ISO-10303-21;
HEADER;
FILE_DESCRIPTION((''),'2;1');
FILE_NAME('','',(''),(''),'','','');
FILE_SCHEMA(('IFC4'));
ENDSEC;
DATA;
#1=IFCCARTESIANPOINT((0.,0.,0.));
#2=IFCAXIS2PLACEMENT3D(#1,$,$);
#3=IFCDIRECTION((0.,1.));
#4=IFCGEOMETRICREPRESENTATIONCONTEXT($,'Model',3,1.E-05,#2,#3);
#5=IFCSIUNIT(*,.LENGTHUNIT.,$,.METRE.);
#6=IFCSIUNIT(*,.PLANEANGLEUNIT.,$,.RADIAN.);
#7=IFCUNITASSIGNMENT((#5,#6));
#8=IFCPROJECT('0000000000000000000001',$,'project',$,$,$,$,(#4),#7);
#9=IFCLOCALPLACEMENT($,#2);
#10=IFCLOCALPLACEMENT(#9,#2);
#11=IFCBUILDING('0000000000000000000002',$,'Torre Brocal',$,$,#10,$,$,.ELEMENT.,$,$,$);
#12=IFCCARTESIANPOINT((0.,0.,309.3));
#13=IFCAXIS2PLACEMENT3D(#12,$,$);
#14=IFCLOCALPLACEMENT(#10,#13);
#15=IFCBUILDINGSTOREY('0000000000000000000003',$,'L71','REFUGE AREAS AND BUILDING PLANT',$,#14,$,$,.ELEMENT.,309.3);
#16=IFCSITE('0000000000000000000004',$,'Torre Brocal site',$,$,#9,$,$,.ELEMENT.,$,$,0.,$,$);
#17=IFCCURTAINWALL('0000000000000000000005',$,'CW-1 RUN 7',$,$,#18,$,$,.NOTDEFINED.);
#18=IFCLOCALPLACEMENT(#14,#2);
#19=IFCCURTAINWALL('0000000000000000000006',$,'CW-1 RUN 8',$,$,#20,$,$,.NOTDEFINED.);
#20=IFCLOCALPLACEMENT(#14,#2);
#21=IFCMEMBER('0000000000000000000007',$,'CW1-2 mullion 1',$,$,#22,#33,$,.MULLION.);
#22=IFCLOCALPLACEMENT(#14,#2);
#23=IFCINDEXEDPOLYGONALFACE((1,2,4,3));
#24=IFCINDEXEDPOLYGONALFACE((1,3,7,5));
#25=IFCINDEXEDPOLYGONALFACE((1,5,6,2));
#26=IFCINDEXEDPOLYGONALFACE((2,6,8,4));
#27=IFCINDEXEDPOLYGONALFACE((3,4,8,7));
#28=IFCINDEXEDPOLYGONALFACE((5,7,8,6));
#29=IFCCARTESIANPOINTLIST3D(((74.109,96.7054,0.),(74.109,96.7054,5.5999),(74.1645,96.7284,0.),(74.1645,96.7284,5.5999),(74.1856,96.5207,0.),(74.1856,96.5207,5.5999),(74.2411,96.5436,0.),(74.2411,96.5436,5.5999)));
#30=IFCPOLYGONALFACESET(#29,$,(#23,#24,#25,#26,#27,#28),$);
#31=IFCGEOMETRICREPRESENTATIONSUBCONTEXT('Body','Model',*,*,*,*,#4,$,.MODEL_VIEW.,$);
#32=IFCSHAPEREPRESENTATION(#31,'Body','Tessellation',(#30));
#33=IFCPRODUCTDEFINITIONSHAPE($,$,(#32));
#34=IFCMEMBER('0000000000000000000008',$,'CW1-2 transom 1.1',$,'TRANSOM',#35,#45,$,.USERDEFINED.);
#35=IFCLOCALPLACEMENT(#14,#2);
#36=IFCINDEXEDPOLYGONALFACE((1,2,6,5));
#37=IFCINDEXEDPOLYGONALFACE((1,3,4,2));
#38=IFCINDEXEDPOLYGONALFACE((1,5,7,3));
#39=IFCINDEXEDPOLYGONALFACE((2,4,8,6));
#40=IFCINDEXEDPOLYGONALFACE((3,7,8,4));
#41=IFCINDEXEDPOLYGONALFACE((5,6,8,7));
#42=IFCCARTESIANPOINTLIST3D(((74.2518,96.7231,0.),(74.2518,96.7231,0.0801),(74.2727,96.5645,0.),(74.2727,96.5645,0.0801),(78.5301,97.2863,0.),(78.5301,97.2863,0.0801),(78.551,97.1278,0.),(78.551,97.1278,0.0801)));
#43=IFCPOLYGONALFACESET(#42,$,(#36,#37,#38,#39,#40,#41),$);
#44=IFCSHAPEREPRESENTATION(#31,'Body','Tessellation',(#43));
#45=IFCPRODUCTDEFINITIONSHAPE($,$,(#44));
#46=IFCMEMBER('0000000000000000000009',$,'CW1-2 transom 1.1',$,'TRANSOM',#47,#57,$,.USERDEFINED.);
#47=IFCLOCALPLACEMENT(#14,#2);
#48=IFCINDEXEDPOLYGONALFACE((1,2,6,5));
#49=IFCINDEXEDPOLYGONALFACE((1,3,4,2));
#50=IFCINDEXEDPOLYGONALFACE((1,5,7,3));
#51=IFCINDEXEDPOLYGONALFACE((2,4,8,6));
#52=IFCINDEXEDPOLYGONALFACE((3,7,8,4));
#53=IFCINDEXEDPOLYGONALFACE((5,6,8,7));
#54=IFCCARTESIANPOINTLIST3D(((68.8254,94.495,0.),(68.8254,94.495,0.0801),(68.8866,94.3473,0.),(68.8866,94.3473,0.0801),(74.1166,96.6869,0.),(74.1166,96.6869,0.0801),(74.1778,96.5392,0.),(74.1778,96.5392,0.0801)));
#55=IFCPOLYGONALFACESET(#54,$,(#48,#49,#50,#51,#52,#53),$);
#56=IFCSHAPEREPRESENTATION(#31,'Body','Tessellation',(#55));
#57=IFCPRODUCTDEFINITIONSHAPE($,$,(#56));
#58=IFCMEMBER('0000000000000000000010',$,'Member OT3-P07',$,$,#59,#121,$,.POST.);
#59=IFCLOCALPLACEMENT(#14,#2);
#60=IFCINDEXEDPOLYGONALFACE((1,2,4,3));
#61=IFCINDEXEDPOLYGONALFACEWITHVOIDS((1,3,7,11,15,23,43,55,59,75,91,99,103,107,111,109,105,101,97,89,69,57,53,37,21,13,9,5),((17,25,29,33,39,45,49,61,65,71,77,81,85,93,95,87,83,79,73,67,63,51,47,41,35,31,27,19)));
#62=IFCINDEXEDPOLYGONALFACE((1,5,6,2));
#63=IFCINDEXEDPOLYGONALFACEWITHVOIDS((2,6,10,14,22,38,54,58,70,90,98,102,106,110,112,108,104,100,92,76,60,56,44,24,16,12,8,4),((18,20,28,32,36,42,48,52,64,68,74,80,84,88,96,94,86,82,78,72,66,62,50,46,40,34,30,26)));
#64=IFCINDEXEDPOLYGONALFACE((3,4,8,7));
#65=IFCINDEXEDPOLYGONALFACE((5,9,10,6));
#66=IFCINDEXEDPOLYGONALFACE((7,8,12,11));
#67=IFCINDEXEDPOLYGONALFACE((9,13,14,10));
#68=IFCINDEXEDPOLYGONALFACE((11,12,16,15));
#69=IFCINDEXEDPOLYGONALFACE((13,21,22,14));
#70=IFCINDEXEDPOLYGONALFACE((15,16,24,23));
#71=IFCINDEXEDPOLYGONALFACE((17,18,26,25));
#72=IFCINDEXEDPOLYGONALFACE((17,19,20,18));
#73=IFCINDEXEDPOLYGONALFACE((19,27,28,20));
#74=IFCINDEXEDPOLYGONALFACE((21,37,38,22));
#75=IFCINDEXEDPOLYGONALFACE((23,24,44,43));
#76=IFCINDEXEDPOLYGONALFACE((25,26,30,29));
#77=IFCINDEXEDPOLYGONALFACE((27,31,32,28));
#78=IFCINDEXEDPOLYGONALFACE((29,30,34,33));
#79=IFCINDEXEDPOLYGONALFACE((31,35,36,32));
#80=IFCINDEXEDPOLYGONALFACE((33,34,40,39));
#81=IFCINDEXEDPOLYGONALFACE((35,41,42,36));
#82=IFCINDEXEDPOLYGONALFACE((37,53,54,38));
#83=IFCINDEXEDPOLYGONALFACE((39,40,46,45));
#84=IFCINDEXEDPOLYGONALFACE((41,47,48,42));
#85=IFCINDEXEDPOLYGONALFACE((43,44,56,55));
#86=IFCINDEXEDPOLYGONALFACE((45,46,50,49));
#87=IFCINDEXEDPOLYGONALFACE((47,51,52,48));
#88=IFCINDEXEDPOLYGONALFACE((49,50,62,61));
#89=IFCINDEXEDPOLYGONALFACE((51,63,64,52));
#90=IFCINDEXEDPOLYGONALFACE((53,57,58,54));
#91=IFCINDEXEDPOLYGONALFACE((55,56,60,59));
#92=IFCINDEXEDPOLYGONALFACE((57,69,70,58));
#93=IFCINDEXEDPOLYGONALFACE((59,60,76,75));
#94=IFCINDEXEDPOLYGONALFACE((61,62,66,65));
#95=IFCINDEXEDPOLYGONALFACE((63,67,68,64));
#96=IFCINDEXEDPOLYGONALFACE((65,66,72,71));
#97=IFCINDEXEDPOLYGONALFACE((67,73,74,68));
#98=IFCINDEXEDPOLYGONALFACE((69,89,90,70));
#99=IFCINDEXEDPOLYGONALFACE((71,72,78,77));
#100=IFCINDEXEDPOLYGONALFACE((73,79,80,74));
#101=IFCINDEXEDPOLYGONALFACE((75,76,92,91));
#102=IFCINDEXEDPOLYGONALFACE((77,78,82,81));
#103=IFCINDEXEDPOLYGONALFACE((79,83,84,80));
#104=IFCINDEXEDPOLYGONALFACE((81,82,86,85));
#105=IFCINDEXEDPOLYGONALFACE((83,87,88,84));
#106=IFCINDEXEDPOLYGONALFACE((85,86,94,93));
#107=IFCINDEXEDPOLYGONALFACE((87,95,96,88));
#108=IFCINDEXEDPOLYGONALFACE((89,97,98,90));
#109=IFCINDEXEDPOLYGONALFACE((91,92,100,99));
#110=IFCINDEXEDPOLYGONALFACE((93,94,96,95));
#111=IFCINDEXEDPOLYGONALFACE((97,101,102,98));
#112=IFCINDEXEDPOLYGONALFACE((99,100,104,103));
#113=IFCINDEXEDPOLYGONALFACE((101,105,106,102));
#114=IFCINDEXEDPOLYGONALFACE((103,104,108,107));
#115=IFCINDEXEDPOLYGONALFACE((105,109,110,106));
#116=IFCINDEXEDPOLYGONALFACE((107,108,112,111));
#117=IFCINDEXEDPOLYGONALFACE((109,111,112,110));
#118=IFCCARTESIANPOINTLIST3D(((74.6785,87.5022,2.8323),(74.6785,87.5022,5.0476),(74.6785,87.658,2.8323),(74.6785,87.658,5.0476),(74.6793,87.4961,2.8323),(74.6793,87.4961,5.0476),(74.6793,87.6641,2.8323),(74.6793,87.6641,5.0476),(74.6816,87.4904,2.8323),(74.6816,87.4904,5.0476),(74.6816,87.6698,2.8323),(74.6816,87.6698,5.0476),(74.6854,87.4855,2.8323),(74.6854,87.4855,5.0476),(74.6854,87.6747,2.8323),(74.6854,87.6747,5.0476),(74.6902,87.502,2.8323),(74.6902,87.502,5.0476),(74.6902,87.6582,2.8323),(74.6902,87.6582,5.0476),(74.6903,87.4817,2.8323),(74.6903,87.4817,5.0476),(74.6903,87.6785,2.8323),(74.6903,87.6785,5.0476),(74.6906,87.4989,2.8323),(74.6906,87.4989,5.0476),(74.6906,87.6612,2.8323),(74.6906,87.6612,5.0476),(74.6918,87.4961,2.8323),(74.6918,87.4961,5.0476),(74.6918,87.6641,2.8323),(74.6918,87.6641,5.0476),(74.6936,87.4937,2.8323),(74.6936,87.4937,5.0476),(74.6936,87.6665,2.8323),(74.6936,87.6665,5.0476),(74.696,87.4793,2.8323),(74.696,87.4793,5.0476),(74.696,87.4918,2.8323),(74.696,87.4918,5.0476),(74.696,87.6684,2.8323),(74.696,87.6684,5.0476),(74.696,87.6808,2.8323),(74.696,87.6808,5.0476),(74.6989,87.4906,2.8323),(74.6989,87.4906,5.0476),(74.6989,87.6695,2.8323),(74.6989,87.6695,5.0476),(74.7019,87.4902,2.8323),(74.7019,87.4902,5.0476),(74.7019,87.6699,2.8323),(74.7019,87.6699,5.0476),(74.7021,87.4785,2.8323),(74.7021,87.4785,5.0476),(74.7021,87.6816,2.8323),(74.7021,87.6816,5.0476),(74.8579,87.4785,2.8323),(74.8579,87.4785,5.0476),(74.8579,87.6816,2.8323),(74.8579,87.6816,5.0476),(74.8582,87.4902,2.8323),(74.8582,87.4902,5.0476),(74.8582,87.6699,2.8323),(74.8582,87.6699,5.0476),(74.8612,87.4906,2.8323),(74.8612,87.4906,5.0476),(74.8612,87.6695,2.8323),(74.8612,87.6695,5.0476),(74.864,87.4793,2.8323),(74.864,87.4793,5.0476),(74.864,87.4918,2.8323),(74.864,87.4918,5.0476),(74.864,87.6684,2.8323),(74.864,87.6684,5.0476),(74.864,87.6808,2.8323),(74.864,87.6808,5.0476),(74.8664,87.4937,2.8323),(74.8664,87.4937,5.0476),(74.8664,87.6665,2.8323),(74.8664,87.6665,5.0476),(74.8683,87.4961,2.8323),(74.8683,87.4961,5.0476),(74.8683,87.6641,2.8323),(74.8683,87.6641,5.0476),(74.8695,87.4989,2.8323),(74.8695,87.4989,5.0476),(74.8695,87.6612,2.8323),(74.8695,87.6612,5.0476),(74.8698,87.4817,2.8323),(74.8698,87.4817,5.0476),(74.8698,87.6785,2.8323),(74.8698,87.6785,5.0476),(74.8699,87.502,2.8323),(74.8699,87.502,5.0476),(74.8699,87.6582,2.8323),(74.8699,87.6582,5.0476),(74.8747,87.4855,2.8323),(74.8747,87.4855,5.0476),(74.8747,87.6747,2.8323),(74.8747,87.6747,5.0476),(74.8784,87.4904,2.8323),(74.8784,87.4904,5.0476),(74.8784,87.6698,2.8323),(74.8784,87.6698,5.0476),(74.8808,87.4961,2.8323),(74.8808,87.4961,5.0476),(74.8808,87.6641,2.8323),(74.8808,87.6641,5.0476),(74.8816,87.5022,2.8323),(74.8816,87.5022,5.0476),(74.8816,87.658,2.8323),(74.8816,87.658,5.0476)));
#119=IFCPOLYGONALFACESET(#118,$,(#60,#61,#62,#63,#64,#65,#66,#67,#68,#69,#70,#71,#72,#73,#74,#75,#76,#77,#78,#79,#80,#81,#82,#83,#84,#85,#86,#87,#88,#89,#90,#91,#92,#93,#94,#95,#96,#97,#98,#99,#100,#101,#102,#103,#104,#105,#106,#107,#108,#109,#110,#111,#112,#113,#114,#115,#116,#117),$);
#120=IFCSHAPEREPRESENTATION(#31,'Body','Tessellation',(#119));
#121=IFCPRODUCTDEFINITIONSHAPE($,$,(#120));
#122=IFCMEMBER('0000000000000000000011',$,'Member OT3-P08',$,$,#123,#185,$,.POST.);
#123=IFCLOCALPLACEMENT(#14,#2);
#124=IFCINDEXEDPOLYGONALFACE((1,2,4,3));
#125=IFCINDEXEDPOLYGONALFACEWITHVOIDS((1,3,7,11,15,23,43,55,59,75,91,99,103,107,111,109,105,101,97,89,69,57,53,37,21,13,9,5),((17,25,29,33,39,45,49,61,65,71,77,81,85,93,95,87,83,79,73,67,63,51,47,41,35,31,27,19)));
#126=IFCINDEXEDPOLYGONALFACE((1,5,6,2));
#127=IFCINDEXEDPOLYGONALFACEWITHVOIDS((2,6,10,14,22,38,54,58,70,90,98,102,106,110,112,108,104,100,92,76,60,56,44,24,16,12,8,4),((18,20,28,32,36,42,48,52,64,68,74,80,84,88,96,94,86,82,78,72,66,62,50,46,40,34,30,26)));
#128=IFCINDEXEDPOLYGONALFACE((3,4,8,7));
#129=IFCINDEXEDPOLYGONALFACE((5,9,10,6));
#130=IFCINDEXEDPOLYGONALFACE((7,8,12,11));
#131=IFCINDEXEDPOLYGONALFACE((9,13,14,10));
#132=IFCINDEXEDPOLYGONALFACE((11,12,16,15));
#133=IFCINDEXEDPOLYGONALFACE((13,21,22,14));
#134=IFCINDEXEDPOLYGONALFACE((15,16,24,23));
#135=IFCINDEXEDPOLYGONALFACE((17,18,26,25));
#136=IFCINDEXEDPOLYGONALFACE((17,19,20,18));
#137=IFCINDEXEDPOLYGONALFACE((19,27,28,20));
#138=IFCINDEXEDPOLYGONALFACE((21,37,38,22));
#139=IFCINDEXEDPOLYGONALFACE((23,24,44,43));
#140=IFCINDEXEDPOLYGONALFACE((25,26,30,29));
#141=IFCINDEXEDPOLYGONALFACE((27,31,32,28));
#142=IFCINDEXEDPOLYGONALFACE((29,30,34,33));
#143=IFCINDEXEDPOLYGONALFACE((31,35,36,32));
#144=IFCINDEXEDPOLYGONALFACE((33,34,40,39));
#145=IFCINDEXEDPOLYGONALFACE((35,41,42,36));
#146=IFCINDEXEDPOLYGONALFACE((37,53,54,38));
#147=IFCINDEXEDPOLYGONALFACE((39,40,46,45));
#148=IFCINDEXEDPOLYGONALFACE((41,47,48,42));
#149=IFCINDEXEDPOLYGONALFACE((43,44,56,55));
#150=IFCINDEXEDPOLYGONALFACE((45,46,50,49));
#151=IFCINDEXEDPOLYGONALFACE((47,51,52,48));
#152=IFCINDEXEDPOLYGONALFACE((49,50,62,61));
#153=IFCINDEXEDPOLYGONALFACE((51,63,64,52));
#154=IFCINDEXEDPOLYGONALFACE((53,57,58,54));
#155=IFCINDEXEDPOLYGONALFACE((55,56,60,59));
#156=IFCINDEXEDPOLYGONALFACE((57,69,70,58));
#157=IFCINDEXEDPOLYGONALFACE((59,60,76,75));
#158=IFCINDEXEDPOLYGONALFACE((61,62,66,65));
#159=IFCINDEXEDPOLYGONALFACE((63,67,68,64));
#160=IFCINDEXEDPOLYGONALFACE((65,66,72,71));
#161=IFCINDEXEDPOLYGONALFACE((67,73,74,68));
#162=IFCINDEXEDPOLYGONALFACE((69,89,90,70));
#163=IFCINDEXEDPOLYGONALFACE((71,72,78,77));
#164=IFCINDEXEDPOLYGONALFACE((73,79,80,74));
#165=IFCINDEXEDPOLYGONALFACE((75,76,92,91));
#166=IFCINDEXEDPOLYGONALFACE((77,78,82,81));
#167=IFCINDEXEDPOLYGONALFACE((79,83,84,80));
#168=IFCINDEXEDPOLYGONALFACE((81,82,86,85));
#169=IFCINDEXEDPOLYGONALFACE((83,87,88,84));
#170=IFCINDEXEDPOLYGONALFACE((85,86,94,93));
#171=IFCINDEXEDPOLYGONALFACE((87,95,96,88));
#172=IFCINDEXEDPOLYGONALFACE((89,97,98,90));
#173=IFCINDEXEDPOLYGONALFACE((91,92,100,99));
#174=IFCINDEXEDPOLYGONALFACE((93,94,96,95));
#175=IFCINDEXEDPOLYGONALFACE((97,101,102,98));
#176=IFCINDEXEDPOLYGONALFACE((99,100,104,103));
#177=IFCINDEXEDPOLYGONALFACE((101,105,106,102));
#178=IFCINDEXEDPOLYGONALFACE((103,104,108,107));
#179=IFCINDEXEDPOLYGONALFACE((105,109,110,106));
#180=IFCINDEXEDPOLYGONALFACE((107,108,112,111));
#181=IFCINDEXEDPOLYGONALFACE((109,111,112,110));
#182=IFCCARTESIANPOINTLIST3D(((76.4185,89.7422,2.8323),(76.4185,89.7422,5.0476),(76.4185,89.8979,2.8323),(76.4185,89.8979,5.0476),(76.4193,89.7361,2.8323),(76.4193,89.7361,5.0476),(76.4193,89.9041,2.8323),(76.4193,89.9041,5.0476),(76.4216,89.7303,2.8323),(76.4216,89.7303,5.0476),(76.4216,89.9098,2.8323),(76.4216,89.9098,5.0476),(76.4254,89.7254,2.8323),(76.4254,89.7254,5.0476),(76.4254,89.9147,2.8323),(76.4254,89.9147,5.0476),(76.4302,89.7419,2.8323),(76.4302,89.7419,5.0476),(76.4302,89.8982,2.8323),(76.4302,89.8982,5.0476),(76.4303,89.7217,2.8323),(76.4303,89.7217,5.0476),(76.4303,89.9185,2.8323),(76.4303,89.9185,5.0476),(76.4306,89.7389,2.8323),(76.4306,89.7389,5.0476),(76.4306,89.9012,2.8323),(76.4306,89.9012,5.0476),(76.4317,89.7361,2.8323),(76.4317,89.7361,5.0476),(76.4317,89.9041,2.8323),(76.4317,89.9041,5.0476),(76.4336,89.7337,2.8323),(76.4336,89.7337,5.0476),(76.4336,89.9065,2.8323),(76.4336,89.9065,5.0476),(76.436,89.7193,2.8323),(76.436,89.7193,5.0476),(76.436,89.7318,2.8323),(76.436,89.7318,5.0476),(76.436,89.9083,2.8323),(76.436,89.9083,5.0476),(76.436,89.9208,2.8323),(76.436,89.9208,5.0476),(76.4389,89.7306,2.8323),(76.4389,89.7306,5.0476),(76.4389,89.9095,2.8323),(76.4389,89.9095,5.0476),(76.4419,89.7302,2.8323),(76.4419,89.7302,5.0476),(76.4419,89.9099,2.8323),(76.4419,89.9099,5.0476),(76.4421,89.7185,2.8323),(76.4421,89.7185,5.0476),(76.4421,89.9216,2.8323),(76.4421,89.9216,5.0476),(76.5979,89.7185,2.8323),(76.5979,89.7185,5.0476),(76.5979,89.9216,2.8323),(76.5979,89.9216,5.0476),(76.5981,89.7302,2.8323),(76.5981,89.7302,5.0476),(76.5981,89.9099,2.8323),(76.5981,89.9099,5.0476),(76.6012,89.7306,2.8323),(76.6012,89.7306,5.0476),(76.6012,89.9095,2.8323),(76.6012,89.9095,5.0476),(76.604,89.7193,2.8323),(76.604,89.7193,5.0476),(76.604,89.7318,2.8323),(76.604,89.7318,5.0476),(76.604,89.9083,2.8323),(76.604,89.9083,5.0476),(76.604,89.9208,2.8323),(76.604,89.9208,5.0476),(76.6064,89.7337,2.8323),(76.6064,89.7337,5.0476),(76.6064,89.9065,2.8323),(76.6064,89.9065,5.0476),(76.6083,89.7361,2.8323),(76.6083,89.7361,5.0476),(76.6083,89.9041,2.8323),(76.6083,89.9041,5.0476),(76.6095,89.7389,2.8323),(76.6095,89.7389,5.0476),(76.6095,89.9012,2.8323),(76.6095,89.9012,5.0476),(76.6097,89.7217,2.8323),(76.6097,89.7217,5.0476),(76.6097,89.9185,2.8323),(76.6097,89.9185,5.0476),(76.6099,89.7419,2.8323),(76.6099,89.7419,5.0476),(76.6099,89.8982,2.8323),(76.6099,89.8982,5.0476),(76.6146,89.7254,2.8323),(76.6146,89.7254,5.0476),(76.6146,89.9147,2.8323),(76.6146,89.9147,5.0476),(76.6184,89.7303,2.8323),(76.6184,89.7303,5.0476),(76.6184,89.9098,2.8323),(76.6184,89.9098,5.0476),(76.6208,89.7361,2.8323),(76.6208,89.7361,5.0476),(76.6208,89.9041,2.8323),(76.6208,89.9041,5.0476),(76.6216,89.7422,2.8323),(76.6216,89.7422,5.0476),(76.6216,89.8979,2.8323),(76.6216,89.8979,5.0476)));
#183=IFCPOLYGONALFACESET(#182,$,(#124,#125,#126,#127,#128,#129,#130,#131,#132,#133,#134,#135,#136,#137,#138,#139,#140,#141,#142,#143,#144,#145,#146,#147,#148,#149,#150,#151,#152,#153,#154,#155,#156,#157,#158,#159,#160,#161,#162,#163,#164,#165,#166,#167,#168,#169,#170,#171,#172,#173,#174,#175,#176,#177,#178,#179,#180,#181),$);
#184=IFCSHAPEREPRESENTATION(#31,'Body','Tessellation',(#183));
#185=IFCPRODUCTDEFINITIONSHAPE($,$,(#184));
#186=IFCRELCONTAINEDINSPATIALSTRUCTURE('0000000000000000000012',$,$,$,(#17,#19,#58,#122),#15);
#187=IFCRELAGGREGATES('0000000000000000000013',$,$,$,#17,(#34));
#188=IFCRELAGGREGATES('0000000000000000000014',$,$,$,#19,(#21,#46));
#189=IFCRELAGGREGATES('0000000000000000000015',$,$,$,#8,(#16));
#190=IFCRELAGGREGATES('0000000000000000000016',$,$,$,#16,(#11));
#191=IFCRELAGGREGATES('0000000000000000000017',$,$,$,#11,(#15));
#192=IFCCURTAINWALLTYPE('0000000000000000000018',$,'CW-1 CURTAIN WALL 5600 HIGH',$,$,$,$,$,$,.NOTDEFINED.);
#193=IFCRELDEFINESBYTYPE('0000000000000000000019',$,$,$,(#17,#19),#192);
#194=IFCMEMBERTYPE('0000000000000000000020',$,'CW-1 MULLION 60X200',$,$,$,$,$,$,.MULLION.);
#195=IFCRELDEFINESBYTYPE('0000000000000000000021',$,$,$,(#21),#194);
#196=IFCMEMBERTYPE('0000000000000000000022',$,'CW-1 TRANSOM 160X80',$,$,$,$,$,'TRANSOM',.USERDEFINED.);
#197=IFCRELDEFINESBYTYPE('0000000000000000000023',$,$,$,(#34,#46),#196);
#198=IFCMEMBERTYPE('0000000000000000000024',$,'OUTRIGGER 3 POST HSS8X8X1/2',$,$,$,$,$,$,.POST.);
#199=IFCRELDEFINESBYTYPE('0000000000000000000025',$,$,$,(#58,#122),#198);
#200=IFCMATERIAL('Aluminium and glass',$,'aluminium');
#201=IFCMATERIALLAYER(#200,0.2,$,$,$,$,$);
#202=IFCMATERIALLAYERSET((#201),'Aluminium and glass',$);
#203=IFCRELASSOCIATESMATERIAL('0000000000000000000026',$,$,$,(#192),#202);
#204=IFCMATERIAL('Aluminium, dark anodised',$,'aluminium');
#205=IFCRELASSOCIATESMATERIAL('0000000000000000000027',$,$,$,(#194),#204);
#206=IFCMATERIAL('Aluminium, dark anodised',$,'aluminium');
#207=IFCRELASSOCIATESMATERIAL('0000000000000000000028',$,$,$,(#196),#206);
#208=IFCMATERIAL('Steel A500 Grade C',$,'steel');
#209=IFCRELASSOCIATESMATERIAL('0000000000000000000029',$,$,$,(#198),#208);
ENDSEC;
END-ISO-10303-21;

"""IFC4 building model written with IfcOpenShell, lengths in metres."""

from ifc_helpers import new_model, si_unit, direction, frame, origin, origin_2d, place, context, subcontext, project, spatial, rectangle, hollow_rectangle, extrude, material, layer, layer_set, material_profile, profile_set, type_object, element, aggregate, save


model = new_model("IFC4")

# Units and contexts
model_context = context("Model", 3, precision=1e-05, world=origin(), true_north=direction((0.0, 1.0)))
body_context = subcontext(model_context, "Body", "Model", "MODEL_VIEW")
ifc_project = project(units=[si_unit("LENGTHUNIT", "METRE"), si_unit("PLANEANGLEUNIT", "RADIAN")], contexts=[model_context])

# Site, building, storey
site_placement = place(None, origin())
site = spatial("IfcSite", under=ifc_project, at=site_placement, Name="Torre Brocal site", CompositionType="ELEMENT", RefElevation=0.0)
building_placement = place(site_placement, origin())
building = spatial("IfcBuilding", under=site, at=building_placement, Name="Torre Brocal", CompositionType="ELEMENT")
storey_placement = place(building_placement, frame((0.0, 0.0, 309.3)))
storey = spatial("IfcBuildingStorey", under=building, at=storey_placement, Name="L71", Description="REFUGE AREAS AND BUILDING PLANT", CompositionType="ELEMENT", Elevation=309.3)

# Curtain wall
ifc_material_1 = material(Name="Aluminium and glass", Category="aluminium")
ifc_layer_1 = layer(ifc_material_1, 0.2)
ifc_layer_set_1 = layer_set([ifc_layer_1], Name="Aluminium and glass")
curtain_wall_type = type_object("IfcCurtainWallType", Name="CW-1 CURTAIN WALL 5600 HIGH", PredefinedType="NOTDEFINED", material=ifc_layer_set_1)
curtain_wall_1_placement = place(storey_placement, origin())
curtain_wall_1 = element("IfcCurtainWall", 1, at=curtain_wall_1_placement, inside=storey, type_object=curtain_wall_type, Name="CW-1 RUN 7", PredefinedType="NOTDEFINED")
ifc_material_2 = material(Name="Aluminium, dark anodised", Category="aluminium")
ifc_material_profile_1 = material_profile(ifc_material_2, rectangle(XDim=0.2, YDim=0.0601, at=origin_2d()), Name="CW-1 MULLION 60X200")
ifc_profile_set_1 = profile_set([ifc_material_profile_1], Name="Aluminium, dark anodised")
member_type_1 = type_object("IfcMemberType", Name="CW-1 MULLION 60X200", PredefinedType="MULLION", material=ifc_profile_set_1)

# Curtain wall, member
curtain_wall_2_placement = place(storey_placement, origin())
curtain_wall_2 = element("IfcCurtainWall", 2, at=curtain_wall_2_placement, inside=storey, type_object=curtain_wall_type, Name="CW-1 RUN 8", PredefinedType="NOTDEFINED")
member_1_placement = place(storey_placement, frame((74.175, 96.6245, 0.0), z_axis=(0.0, 0.0, 1.0), x_axis=(0.382683, -0.92388, 0.0)))
member_1 = element("IfcMember", 3, at=member_1_placement, type_object=member_type_1, Name="CW1-2 mullion 1", PredefinedType="MULLION", context=body_context, shape_type="SweptSolid", body=[
    extrude(rectangle(XDim=0.2, YDim=0.0601, at=origin_2d()), origin(), (0.0, 0.0, 1.0), 5.5999),
])

# Members
ifc_material_3 = material(Name="Aluminium, dark anodised", Category="aluminium")
ifc_material_profile_2 = material_profile(ifc_material_3, rectangle(XDim=0.1599, YDim=0.0801, at=origin_2d()), Name="CW-1 TRANSOM 160X80")
ifc_profile_set_2 = profile_set([ifc_material_profile_2], Name="Aluminium, dark anodised")
member_type_2 = type_object("IfcMemberType", Name="CW-1 TRANSOM 160X80", ElementType="TRANSOM", PredefinedType="USERDEFINED", material=ifc_profile_set_2)
member_2_placement = place(storey_placement, frame((78.5405, 97.207, 0.04), z_axis=(-0.991445, -0.130522, 0.0), x_axis=(0.130522, -0.991445, 0.0)))
member_2 = element("IfcMember", 4, at=member_2_placement, type_object=member_type_2, Name="CW1-2 transom 1.1", ObjectType="TRANSOM", PredefinedType="USERDEFINED", context=body_context, shape_type="SweptSolid", body=[
    extrude(rectangle(XDim=0.1599, YDim=0.0801, at=origin_2d()), origin(), (0.0, 0.0, 1.0), 4.3152),
])
member_3_placement = place(storey_placement, frame((74.1472, 96.613, 0.04), z_axis=(-0.923868, -0.382711, 0.0), x_axis=(0.382711, -0.923868, 0.0)))
member_3 = element("IfcMember", 5, at=member_3_placement, type_object=member_type_2, Name="CW1-2 transom 1.1", ObjectType="TRANSOM", PredefinedType="USERDEFINED", context=body_context, shape_type="SweptSolid", body=[
    extrude(rectangle(XDim=0.1599, YDim=0.0801, at=origin_2d()), origin(), (0.0, 0.0, 1.0), 5.7273),
])

# Members
ifc_material_4 = material(Name="Steel A500 Grade C", Category="steel")
ifc_material_profile_3 = material_profile(ifc_material_4, hollow_rectangle(XDim=0.2031, YDim=0.2031, WallThickness=0.0117, InnerFilletRadius=0.0117, OuterFilletRadius=0.0237, at=origin_2d()), Name="HSS8X8X1/2")
ifc_profile_set_3 = profile_set([ifc_material_profile_3], Name="Steel A500 Grade C")
member_type_3 = type_object("IfcMemberType", Name="OUTRIGGER 3 POST HSS8X8X1/2", PredefinedType="POST", material=ifc_profile_set_3)
for number, where, z_axis, x_axis, name in (
    (6, (74.78, 87.5801, 2.8323), (0.0, 0.0, 1.0), (1.0, 0.0, 0.0), "Member OT3-P07"),
    (7, (76.52, 89.8201, 2.8323), (0.0, 0.0, 1.0), (1.0, 0.0, 0.0), "Member OT3-P08"),
):
    element("IfcMember", number, at=place(storey_placement, frame(where, z_axis=z_axis, x_axis=x_axis)), inside=storey, type_object=member_type_3, Name=name, PredefinedType="POST", context=body_context, shape_type="SweptSolid", body=[
        extrude(hollow_rectangle(XDim=0.2031, YDim=0.2031, WallThickness=0.0117, InnerFilletRadius=0.0117, OuterFilletRadius=0.0237, at=origin_2d()), origin(), (0.0, 0.0, 1.0), 2.2153),
    ])

aggregate(curtain_wall_1, [member_2])
aggregate(curtain_wall_2, [member_1, member_3])

save(model, "model.ifc")
